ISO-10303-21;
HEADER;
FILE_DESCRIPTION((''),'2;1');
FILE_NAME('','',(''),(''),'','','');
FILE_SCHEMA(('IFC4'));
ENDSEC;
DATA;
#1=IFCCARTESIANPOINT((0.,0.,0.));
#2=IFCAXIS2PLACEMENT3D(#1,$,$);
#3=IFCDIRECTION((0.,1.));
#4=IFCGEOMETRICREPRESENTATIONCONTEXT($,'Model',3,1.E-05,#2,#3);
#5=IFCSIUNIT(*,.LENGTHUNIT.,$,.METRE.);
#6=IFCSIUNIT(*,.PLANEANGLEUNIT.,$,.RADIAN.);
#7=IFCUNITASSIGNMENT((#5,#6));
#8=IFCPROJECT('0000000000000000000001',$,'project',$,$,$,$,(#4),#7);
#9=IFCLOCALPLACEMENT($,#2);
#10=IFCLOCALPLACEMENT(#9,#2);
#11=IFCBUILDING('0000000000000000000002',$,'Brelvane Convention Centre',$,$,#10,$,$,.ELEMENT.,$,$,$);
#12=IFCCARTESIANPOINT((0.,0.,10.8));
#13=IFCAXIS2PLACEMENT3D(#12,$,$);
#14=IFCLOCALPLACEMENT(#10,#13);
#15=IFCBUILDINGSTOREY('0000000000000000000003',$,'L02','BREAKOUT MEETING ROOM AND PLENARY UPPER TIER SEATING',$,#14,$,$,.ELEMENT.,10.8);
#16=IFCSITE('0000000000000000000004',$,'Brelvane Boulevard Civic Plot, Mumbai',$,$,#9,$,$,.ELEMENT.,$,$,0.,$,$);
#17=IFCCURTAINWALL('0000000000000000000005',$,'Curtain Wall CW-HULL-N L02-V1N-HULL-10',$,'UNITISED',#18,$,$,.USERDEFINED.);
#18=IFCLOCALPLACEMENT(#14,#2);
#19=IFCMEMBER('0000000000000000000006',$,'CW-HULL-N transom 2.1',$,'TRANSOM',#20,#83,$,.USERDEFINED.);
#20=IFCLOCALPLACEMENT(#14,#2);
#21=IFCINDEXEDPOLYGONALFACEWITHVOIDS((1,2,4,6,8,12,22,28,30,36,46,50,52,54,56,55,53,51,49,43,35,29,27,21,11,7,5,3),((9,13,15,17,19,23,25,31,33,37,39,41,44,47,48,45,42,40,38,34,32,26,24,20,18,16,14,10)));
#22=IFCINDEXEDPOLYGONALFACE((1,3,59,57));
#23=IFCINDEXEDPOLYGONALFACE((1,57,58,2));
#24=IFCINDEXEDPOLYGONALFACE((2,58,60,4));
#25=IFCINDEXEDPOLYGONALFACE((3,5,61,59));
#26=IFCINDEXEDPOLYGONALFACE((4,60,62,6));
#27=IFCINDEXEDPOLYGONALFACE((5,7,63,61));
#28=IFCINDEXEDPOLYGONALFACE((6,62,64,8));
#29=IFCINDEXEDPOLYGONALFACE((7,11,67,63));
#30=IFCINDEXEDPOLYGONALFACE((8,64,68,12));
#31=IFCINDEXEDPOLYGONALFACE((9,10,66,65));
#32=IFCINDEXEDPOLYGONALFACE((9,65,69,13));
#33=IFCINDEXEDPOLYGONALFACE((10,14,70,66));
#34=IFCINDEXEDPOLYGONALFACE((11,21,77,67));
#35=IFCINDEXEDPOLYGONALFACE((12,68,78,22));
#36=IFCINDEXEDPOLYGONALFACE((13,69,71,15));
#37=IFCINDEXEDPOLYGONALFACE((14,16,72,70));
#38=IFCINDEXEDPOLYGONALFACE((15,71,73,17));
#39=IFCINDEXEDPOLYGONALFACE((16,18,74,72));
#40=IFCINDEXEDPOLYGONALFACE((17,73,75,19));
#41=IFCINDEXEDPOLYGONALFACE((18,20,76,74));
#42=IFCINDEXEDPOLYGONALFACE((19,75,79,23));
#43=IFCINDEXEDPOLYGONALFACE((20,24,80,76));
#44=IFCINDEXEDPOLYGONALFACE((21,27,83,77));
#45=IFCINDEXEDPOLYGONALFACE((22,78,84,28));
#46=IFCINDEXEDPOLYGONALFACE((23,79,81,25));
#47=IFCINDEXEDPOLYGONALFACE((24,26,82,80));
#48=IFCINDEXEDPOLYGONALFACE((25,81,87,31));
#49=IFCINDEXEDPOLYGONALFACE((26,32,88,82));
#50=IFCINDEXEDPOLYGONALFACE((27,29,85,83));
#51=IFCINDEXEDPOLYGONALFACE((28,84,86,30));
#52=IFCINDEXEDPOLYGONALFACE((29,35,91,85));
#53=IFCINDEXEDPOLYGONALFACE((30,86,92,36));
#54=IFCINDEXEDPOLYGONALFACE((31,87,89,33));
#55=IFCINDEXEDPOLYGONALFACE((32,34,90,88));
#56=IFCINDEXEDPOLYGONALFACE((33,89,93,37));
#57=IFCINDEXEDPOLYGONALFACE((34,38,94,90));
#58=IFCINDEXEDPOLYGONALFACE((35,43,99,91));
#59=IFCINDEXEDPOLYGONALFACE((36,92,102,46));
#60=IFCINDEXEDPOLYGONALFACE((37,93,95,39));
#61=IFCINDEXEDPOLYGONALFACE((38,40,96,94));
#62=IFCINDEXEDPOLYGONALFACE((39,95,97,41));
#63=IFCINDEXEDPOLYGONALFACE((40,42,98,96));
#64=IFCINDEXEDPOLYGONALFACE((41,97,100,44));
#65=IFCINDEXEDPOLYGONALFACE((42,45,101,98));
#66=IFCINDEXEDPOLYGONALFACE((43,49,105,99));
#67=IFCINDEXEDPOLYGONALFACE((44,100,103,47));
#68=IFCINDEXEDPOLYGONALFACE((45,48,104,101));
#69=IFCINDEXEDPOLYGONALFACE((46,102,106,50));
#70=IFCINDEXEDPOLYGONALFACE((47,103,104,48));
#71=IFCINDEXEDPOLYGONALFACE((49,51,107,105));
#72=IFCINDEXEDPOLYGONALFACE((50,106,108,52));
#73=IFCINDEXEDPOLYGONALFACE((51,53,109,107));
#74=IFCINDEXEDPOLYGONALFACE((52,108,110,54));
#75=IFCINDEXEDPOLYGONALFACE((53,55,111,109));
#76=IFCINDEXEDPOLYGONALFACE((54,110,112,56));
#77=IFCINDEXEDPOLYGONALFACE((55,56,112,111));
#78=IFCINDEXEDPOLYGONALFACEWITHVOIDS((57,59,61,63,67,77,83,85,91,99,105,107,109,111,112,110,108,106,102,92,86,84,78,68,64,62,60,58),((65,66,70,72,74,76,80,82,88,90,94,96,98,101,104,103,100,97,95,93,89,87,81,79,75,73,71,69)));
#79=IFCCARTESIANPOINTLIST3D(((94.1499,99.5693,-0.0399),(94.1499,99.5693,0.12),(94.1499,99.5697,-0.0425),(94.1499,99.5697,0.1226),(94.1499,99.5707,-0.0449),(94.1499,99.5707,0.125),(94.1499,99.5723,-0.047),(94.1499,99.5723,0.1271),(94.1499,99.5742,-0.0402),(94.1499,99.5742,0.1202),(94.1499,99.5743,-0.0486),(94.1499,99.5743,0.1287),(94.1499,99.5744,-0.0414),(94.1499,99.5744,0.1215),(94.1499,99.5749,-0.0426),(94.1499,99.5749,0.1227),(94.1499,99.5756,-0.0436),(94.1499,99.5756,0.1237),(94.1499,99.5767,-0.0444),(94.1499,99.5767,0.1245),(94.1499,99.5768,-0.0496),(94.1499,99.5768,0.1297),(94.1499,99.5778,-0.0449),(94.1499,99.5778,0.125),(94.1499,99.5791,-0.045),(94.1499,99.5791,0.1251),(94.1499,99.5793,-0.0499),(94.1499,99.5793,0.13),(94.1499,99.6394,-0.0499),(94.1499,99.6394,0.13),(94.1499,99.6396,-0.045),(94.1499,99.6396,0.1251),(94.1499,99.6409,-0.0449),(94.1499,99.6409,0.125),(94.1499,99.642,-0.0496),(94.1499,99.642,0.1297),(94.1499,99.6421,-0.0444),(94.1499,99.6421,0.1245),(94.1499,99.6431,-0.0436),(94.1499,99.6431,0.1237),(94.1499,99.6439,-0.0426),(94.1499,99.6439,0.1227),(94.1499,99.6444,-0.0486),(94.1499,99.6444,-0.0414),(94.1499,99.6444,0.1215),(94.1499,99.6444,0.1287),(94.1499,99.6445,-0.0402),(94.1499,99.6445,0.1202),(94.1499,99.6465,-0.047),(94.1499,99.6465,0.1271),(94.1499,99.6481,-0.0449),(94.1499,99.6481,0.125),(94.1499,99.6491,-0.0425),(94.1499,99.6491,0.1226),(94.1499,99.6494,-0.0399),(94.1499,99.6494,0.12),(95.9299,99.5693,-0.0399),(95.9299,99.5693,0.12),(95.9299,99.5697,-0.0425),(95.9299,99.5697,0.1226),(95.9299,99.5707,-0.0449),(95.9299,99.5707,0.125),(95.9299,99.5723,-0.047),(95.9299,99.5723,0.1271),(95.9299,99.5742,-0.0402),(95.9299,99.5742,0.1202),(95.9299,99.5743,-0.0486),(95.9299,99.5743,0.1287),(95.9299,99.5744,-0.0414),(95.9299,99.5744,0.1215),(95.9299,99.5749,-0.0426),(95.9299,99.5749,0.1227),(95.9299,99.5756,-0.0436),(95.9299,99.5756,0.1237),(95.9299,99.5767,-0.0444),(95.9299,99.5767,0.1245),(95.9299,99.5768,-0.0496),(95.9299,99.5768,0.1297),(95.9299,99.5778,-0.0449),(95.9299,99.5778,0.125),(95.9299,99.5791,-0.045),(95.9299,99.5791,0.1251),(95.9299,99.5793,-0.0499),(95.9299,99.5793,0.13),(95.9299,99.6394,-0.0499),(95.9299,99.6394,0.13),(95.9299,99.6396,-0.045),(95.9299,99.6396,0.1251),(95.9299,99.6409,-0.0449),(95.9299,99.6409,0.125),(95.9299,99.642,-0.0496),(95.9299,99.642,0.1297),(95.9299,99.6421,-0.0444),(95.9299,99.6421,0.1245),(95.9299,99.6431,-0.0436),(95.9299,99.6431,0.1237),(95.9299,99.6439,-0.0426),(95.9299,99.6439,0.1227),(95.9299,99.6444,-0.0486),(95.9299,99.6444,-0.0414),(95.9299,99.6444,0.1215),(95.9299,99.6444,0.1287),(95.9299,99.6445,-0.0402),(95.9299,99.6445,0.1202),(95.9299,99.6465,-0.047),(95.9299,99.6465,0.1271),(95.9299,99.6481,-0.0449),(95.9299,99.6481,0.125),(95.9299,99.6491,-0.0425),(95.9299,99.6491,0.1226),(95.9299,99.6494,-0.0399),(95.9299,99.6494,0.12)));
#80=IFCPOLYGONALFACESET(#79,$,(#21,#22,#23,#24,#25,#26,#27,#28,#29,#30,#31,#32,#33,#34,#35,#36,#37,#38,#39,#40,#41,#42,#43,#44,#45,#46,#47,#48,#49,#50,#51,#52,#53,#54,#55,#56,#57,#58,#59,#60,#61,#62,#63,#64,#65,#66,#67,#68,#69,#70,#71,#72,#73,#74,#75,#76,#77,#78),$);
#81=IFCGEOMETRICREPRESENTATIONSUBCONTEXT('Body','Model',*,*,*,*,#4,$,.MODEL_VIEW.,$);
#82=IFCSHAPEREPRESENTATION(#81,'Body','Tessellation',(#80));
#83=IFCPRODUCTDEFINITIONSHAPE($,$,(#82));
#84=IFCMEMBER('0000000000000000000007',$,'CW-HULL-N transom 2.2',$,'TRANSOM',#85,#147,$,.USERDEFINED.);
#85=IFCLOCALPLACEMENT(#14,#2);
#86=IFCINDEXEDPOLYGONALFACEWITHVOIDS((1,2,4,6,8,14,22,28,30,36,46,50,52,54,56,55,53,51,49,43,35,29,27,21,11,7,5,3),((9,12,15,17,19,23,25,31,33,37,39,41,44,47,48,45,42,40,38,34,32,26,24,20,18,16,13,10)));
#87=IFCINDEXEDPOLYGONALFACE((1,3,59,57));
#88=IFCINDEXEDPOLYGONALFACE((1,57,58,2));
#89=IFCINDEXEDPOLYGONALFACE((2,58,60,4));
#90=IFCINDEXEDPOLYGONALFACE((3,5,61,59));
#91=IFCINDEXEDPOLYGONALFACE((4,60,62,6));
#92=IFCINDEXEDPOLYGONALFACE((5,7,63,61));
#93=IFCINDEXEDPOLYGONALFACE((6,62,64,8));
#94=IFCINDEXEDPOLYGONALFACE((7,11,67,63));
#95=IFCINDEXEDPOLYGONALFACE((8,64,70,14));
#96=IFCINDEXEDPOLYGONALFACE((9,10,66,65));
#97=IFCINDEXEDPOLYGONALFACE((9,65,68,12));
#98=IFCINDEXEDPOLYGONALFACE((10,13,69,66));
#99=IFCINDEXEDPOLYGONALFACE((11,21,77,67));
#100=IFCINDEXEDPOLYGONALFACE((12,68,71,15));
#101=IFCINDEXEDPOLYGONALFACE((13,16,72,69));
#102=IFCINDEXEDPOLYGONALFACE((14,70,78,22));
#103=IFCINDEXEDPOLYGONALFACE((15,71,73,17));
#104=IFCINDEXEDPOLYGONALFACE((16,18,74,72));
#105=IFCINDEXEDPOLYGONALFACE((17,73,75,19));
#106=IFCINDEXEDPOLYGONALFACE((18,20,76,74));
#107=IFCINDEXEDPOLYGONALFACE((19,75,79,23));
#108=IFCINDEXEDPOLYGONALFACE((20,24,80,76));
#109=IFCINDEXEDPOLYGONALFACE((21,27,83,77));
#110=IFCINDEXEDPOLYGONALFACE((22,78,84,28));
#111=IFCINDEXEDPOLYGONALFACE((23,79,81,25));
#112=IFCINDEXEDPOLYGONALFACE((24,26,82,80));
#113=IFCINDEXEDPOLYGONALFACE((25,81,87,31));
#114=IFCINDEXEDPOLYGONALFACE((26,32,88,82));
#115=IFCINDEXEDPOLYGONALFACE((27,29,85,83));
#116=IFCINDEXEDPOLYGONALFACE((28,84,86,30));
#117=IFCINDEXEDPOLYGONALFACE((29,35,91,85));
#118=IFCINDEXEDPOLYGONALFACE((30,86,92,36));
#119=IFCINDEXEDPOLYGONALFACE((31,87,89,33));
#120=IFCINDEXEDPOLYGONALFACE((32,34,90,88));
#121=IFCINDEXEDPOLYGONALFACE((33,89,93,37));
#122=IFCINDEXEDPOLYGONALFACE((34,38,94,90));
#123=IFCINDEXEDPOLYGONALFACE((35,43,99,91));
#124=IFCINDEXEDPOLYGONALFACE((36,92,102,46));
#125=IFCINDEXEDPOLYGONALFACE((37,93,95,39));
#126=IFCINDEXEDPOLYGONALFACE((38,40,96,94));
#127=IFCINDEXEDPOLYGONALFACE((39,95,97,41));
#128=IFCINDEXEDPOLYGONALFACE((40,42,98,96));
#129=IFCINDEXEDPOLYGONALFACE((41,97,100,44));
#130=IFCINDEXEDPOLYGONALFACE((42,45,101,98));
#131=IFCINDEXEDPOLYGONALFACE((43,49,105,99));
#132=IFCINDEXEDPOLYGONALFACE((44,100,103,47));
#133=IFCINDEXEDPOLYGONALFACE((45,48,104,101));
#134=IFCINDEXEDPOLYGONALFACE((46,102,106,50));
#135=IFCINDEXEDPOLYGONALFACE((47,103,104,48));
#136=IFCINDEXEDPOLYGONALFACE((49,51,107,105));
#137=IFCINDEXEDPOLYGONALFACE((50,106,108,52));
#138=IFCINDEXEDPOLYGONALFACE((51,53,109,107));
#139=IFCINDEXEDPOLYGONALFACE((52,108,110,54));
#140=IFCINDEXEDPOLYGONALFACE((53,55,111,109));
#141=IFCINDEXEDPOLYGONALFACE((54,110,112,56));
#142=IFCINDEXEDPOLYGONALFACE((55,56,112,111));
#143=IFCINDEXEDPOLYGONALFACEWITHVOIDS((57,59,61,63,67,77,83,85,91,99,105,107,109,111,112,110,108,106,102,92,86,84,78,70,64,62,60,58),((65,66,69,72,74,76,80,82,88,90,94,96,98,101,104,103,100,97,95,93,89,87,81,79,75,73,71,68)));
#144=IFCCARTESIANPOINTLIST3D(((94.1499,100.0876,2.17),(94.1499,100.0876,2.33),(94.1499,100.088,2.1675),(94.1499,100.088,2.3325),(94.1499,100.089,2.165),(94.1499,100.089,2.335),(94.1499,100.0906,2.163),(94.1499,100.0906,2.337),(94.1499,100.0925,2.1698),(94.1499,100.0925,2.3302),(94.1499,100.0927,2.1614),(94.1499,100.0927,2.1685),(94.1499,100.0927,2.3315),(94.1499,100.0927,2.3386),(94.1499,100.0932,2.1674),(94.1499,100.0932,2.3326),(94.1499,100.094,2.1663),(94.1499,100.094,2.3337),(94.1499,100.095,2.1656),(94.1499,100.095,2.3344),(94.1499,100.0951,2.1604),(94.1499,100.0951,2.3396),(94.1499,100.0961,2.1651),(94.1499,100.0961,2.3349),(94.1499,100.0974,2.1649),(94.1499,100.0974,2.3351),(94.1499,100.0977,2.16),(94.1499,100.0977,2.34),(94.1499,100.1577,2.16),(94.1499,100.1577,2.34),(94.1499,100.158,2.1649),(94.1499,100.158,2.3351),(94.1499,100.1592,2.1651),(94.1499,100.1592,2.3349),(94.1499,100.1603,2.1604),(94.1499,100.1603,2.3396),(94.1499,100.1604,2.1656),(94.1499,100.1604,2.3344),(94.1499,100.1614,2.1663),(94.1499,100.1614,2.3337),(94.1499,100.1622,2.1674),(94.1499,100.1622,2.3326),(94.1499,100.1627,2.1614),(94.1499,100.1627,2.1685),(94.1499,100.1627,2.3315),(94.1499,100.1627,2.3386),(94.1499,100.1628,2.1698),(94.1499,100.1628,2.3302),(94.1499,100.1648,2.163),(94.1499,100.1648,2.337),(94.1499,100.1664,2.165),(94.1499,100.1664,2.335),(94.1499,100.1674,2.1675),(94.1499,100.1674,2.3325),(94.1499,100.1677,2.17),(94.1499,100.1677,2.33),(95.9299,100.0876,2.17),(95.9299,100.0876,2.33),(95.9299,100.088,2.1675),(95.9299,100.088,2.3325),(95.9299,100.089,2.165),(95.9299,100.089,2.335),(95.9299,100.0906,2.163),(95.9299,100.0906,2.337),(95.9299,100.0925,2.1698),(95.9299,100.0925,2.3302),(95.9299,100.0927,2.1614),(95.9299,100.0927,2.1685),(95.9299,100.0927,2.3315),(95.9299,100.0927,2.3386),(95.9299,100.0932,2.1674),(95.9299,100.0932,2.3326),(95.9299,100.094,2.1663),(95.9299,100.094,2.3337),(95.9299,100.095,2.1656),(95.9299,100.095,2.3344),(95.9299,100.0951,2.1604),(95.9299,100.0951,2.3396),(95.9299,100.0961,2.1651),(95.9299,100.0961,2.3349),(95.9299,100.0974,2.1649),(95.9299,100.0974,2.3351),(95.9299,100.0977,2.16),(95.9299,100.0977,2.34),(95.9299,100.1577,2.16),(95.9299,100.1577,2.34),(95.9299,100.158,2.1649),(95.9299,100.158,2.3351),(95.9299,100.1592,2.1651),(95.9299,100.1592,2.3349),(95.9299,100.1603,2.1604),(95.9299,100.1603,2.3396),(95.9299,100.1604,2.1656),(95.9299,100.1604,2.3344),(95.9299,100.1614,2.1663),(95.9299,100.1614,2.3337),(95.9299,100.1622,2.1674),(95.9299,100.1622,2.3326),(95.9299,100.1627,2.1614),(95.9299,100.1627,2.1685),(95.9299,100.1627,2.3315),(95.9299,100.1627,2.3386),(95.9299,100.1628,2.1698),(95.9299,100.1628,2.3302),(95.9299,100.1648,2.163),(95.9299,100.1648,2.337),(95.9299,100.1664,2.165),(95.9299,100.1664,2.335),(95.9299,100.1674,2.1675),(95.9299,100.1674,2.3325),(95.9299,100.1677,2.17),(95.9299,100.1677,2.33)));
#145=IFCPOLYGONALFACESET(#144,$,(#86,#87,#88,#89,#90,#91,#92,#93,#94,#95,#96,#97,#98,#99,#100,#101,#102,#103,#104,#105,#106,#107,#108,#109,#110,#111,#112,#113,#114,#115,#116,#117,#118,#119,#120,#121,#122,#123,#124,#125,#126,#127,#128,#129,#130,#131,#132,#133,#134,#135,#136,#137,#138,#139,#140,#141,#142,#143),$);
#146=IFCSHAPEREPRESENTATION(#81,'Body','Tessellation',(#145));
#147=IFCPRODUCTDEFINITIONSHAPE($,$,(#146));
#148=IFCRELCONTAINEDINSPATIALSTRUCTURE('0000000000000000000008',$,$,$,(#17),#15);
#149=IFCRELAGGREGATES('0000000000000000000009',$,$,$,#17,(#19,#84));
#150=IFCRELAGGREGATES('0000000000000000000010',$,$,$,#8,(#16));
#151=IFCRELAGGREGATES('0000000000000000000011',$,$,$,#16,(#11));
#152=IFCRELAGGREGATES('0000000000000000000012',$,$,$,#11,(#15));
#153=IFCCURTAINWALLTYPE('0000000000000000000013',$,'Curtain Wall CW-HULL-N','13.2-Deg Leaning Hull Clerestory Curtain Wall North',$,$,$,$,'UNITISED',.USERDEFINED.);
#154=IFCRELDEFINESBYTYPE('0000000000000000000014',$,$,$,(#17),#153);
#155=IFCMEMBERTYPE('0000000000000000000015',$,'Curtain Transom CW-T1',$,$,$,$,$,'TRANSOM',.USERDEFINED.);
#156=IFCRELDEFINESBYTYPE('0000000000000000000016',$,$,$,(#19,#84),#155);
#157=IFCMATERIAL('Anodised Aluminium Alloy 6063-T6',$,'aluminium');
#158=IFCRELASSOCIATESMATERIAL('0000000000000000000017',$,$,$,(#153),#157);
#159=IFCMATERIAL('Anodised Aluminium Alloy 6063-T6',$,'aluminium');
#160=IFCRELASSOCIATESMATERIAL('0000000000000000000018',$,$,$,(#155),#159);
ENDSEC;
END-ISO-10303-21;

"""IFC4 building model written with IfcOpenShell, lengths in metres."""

from ifc_helpers import new_model, si_unit, direction, frame, origin, origin_2d, place, context, subcontext, project, spatial, hollow_rectangle, extrude, material, material_profile, profile_set, type_object, element, aggregate, save


model = new_model("IFC4")

# Units and contexts
model_context = context("Model", 3, precision=1e-05, world=origin(), true_north=direction((0.0, 1.0)))
body_context = subcontext(model_context, "Body", "Model", "MODEL_VIEW")
ifc_project = project(units=[si_unit("LENGTHUNIT", "METRE"), si_unit("PLANEANGLEUNIT", "RADIAN")], contexts=[model_context])

# Site, building, storey
site_placement = place(None, origin())
site = spatial("IfcSite", under=ifc_project, at=site_placement, Name="Brelvane Boulevard Civic Plot, Mumbai", CompositionType="ELEMENT", RefElevation=0.0)
building_placement = place(site_placement, origin())
building = spatial("IfcBuilding", under=site, at=building_placement, Name="Brelvane Convention Centre", CompositionType="ELEMENT")
storey_placement = place(building_placement, frame((0.0, 0.0, 10.8)))
storey = spatial("IfcBuildingStorey", under=building, at=storey_placement, Name="L02", Description="BREAKOUT MEETING ROOM AND PLENARY UPPER TIER SEATING", CompositionType="ELEMENT", Elevation=10.8)

# Curtain wall, members
ifc_material_1 = material(Name="Anodised Aluminium Alloy 6063-T6", Category="aluminium")
curtain_wall_type = type_object("IfcCurtainWallType", Name="Curtain Wall CW-HULL-N", Description="13.2-Deg Leaning Hull Clerestory Curtain Wall North", ElementType="UNITISED", PredefinedType="USERDEFINED", material=ifc_material_1)
curtain_wall_placement = place(storey_placement, origin())
curtain_wall = element("IfcCurtainWall", 1, at=curtain_wall_placement, inside=storey, type_object=curtain_wall_type, Name="Curtain Wall CW-HULL-N L02-V1N-HULL-10", ObjectType="UNITISED", PredefinedType="USERDEFINED")
ifc_material_2 = material(Name="Anodised Aluminium Alloy 6063-T6", Category="aluminium")
ifc_material_profile_1 = material_profile(ifc_material_2, hollow_rectangle(XDim=0.0801, YDim=0.1799, WallThickness=0.0049, InnerFilletRadius=0.0049, OuterFilletRadius=0.01, at=origin_2d()), Name="ALU-T 180x80x5.0")
ifc_profile_set_1 = profile_set([ifc_material_profile_1], Name="Anodised Aluminium Alloy 6063-T6")
member_type_1 = type_object("IfcMemberType", Name="Curtain Transom CW-T1", ElementType="TRANSOM", PredefinedType="USERDEFINED", material=ifc_profile_set_1)
member_1_placement = place(storey_placement, frame((94.1499, 99.6094, 0.04), z_axis=(1.0, 0.0, 0.0), x_axis=(0.0, 1.0, 0.0)))
member_1 = element("IfcMember", 2, at=member_1_placement, type_object=member_type_1, Name="CW-HULL-N transom 2.1", ObjectType="TRANSOM", PredefinedType="USERDEFINED", context=body_context, shape_type="SweptSolid", body=[
    extrude(hollow_rectangle(XDim=0.0801, YDim=0.1799, WallThickness=0.0049, InnerFilletRadius=0.0049, OuterFilletRadius=0.01, at=origin_2d()), origin(), (0.0, 0.0, 1.0), 1.78),
])
member_2_placement = place(storey_placement, frame((94.1499, 100.1277, 2.25), z_axis=(1.0, 0.0, 0.0), x_axis=(0.0, 1.0, 0.0)))
member_2 = element("IfcMember", 3, at=member_2_placement, type_object=member_type_1, Name="CW-HULL-N transom 2.2", ObjectType="TRANSOM", PredefinedType="USERDEFINED", context=body_context, shape_type="SweptSolid", body=[
    extrude(hollow_rectangle(XDim=0.0801, YDim=0.1799, WallThickness=0.0049, InnerFilletRadius=0.0049, OuterFilletRadius=0.01, at=origin_2d()), origin(), (0.0, 0.0, 1.0), 1.78),
])

aggregate(curtain_wall, [member_1, member_2])

save(model, "model.ifc")
